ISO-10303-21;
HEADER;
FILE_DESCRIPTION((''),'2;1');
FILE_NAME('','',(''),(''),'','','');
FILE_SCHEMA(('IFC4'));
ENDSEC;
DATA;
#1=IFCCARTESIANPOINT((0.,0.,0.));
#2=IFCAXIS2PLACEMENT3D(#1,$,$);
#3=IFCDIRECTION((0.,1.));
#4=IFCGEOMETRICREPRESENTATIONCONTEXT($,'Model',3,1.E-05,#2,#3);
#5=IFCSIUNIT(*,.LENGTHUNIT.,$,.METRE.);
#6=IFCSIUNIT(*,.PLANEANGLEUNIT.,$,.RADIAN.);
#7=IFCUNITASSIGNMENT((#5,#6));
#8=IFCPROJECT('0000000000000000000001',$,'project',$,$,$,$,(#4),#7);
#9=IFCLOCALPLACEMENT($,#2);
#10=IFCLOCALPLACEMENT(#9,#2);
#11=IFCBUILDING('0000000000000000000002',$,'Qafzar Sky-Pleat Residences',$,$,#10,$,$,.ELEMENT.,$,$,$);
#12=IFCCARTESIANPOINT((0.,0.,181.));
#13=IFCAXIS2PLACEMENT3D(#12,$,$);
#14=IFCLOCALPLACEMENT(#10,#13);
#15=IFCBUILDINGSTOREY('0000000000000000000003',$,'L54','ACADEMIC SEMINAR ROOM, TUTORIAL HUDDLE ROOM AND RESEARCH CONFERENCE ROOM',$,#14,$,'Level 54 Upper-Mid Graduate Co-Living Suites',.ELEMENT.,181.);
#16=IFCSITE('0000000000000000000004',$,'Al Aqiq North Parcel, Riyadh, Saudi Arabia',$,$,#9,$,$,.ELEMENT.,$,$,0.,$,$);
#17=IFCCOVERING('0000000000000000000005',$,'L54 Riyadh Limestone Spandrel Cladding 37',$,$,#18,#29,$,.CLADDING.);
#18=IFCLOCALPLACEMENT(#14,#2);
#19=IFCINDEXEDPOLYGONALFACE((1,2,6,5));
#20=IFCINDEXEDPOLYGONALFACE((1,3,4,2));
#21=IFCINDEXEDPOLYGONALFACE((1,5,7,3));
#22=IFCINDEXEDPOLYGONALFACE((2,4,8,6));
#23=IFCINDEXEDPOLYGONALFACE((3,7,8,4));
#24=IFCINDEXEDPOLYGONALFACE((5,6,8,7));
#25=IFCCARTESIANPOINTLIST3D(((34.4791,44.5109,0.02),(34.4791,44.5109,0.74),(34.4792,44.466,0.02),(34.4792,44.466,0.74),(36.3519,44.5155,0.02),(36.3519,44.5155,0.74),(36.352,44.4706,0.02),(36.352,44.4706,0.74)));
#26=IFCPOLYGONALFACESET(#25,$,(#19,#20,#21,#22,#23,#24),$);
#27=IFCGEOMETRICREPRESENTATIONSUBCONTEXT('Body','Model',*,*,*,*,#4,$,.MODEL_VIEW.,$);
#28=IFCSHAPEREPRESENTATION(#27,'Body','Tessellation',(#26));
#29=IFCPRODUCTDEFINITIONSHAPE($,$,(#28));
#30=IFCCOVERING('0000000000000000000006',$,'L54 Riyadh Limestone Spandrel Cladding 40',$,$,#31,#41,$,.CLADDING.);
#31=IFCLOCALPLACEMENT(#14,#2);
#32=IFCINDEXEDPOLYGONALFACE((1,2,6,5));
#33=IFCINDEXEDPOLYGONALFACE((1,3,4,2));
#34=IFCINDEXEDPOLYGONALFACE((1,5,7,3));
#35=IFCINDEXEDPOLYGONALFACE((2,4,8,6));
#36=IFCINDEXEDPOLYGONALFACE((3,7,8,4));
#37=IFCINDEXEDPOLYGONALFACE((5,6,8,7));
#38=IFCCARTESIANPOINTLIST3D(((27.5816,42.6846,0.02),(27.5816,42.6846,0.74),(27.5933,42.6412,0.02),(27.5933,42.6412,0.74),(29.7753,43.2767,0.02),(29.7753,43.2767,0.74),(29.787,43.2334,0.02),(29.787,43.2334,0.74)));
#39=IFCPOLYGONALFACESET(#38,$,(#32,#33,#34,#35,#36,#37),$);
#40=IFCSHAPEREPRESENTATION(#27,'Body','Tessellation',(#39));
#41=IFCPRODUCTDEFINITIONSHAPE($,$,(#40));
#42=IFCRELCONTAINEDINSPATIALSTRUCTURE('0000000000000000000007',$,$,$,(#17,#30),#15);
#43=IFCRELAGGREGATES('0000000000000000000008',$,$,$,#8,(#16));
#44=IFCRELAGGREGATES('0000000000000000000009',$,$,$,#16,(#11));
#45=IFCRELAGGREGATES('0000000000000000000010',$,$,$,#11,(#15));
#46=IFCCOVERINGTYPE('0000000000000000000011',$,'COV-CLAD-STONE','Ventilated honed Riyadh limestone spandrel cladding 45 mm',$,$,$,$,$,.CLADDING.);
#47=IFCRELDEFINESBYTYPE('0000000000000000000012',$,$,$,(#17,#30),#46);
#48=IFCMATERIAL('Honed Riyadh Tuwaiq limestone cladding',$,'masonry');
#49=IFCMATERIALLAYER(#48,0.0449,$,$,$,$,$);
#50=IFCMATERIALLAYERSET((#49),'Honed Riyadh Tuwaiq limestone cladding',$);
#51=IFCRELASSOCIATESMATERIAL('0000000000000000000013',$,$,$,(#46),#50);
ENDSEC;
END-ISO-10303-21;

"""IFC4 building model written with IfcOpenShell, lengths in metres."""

from ifc_helpers import new_model, si_unit, direction, frame, origin, origin_2d, place, context, subcontext, project, spatial, rectangle, extrude, source, transform, mapped, material, layer, layer_set, type_object, element, save


model = new_model("IFC4")

# Units and contexts
model_context = context("Model", 3, precision=1e-05, world=origin(), true_north=direction((0.0, 1.0)))
body_context = subcontext(model_context, "Body", "Model", "MODEL_VIEW")
ifc_project = project(units=[si_unit("LENGTHUNIT", "METRE"), si_unit("PLANEANGLEUNIT", "RADIAN")], contexts=[model_context])

# Site, building, storey
site_placement = place(None, origin())
site = spatial("IfcSite", under=ifc_project, at=site_placement, Name="Al Aqiq North Parcel, Riyadh, Saudi Arabia", CompositionType="ELEMENT", RefElevation=0.0)
building_placement = place(site_placement, origin())
building = spatial("IfcBuilding", under=site, at=building_placement, Name="Qafzar Sky-Pleat Residences", CompositionType="ELEMENT")
storey_placement = place(building_placement, frame((0.0, 0.0, 181.0)))
storey = spatial("IfcBuildingStorey", under=building, at=storey_placement, Name="L54", Description="ACADEMIC SEMINAR ROOM, TUTORIAL HUDDLE ROOM AND RESEARCH CONFERENCE ROOM", LongName="Level 54 Upper-Mid Graduate Co-Living Suites", CompositionType="ELEMENT", Elevation=181.0)

# Covering
ifc_material_1 = material(Name="Honed Riyadh Tuwaiq limestone cladding", Category="masonry")
ifc_layer_1 = layer(ifc_material_1, 0.0449)
ifc_layer_set_1 = layer_set([ifc_layer_1], Name="Honed Riyadh Tuwaiq limestone cladding")
covering_type = type_object("IfcCoveringType", Name="COV-CLAD-STONE", Description="Ventilated honed Riyadh limestone spandrel cladding 45 mm", PredefinedType="CLADDING", material=ifc_layer_set_1)
shared_shape_1 = source(origin(), body_context, "Body", "SweptSolid", [
    extrude(rectangle(XDim=1.8728, YDim=0.0449, at=origin_2d()), origin(), (0.0, 0.0, 1.0), 0.72),
])
covering_1_placement = place(storey_placement, frame((35.4155, 44.4907, 0.02), z_axis=(0.0, 0.0, 1.0), x_axis=(-0.999997, -0.002451, 0.0)))
element("IfcCovering", 1, at=covering_1_placement, inside=storey, type_object=covering_type, Name="L54 Riyadh Limestone Spandrel Cladding 37", PredefinedType="CLADDING", context=body_context, shape_type="MappedRepresentation", body=[
    mapped(shared_shape_1, transform((0.0, 0.0, 0.0), x_axis=(1.0, 0.0, 0.0), y_axis=(0.0, 1.0, 0.0), z_axis=(0.0, 0.0, 1.0), scale=1.0)),
])

# Covering
shared_shape_2 = source(origin(), body_context, "Body", "SweptSolid", [
    extrude(rectangle(XDim=2.2722, YDim=0.0449, at=origin_2d()), origin(), (0.0, 0.0, 1.0), 0.72),
])
covering_2_placement = place(storey_placement, frame((28.6843, 42.959, 0.02), z_axis=(0.0, 0.0, 1.0), x_axis=(-0.965446, -0.260603, 0.0)))
element("IfcCovering", 2, at=covering_2_placement, inside=storey, type_object=covering_type, Name="L54 Riyadh Limestone Spandrel Cladding 40", PredefinedType="CLADDING", context=body_context, shape_type="MappedRepresentation", body=[
    mapped(shared_shape_2, transform((0.0, 0.0, 0.0), x_axis=(1.0, 0.0, 0.0), y_axis=(0.0, 1.0, 0.0), z_axis=(0.0, 0.0, 1.0), scale=1.0)),
])

save(model, "model.ifc")
